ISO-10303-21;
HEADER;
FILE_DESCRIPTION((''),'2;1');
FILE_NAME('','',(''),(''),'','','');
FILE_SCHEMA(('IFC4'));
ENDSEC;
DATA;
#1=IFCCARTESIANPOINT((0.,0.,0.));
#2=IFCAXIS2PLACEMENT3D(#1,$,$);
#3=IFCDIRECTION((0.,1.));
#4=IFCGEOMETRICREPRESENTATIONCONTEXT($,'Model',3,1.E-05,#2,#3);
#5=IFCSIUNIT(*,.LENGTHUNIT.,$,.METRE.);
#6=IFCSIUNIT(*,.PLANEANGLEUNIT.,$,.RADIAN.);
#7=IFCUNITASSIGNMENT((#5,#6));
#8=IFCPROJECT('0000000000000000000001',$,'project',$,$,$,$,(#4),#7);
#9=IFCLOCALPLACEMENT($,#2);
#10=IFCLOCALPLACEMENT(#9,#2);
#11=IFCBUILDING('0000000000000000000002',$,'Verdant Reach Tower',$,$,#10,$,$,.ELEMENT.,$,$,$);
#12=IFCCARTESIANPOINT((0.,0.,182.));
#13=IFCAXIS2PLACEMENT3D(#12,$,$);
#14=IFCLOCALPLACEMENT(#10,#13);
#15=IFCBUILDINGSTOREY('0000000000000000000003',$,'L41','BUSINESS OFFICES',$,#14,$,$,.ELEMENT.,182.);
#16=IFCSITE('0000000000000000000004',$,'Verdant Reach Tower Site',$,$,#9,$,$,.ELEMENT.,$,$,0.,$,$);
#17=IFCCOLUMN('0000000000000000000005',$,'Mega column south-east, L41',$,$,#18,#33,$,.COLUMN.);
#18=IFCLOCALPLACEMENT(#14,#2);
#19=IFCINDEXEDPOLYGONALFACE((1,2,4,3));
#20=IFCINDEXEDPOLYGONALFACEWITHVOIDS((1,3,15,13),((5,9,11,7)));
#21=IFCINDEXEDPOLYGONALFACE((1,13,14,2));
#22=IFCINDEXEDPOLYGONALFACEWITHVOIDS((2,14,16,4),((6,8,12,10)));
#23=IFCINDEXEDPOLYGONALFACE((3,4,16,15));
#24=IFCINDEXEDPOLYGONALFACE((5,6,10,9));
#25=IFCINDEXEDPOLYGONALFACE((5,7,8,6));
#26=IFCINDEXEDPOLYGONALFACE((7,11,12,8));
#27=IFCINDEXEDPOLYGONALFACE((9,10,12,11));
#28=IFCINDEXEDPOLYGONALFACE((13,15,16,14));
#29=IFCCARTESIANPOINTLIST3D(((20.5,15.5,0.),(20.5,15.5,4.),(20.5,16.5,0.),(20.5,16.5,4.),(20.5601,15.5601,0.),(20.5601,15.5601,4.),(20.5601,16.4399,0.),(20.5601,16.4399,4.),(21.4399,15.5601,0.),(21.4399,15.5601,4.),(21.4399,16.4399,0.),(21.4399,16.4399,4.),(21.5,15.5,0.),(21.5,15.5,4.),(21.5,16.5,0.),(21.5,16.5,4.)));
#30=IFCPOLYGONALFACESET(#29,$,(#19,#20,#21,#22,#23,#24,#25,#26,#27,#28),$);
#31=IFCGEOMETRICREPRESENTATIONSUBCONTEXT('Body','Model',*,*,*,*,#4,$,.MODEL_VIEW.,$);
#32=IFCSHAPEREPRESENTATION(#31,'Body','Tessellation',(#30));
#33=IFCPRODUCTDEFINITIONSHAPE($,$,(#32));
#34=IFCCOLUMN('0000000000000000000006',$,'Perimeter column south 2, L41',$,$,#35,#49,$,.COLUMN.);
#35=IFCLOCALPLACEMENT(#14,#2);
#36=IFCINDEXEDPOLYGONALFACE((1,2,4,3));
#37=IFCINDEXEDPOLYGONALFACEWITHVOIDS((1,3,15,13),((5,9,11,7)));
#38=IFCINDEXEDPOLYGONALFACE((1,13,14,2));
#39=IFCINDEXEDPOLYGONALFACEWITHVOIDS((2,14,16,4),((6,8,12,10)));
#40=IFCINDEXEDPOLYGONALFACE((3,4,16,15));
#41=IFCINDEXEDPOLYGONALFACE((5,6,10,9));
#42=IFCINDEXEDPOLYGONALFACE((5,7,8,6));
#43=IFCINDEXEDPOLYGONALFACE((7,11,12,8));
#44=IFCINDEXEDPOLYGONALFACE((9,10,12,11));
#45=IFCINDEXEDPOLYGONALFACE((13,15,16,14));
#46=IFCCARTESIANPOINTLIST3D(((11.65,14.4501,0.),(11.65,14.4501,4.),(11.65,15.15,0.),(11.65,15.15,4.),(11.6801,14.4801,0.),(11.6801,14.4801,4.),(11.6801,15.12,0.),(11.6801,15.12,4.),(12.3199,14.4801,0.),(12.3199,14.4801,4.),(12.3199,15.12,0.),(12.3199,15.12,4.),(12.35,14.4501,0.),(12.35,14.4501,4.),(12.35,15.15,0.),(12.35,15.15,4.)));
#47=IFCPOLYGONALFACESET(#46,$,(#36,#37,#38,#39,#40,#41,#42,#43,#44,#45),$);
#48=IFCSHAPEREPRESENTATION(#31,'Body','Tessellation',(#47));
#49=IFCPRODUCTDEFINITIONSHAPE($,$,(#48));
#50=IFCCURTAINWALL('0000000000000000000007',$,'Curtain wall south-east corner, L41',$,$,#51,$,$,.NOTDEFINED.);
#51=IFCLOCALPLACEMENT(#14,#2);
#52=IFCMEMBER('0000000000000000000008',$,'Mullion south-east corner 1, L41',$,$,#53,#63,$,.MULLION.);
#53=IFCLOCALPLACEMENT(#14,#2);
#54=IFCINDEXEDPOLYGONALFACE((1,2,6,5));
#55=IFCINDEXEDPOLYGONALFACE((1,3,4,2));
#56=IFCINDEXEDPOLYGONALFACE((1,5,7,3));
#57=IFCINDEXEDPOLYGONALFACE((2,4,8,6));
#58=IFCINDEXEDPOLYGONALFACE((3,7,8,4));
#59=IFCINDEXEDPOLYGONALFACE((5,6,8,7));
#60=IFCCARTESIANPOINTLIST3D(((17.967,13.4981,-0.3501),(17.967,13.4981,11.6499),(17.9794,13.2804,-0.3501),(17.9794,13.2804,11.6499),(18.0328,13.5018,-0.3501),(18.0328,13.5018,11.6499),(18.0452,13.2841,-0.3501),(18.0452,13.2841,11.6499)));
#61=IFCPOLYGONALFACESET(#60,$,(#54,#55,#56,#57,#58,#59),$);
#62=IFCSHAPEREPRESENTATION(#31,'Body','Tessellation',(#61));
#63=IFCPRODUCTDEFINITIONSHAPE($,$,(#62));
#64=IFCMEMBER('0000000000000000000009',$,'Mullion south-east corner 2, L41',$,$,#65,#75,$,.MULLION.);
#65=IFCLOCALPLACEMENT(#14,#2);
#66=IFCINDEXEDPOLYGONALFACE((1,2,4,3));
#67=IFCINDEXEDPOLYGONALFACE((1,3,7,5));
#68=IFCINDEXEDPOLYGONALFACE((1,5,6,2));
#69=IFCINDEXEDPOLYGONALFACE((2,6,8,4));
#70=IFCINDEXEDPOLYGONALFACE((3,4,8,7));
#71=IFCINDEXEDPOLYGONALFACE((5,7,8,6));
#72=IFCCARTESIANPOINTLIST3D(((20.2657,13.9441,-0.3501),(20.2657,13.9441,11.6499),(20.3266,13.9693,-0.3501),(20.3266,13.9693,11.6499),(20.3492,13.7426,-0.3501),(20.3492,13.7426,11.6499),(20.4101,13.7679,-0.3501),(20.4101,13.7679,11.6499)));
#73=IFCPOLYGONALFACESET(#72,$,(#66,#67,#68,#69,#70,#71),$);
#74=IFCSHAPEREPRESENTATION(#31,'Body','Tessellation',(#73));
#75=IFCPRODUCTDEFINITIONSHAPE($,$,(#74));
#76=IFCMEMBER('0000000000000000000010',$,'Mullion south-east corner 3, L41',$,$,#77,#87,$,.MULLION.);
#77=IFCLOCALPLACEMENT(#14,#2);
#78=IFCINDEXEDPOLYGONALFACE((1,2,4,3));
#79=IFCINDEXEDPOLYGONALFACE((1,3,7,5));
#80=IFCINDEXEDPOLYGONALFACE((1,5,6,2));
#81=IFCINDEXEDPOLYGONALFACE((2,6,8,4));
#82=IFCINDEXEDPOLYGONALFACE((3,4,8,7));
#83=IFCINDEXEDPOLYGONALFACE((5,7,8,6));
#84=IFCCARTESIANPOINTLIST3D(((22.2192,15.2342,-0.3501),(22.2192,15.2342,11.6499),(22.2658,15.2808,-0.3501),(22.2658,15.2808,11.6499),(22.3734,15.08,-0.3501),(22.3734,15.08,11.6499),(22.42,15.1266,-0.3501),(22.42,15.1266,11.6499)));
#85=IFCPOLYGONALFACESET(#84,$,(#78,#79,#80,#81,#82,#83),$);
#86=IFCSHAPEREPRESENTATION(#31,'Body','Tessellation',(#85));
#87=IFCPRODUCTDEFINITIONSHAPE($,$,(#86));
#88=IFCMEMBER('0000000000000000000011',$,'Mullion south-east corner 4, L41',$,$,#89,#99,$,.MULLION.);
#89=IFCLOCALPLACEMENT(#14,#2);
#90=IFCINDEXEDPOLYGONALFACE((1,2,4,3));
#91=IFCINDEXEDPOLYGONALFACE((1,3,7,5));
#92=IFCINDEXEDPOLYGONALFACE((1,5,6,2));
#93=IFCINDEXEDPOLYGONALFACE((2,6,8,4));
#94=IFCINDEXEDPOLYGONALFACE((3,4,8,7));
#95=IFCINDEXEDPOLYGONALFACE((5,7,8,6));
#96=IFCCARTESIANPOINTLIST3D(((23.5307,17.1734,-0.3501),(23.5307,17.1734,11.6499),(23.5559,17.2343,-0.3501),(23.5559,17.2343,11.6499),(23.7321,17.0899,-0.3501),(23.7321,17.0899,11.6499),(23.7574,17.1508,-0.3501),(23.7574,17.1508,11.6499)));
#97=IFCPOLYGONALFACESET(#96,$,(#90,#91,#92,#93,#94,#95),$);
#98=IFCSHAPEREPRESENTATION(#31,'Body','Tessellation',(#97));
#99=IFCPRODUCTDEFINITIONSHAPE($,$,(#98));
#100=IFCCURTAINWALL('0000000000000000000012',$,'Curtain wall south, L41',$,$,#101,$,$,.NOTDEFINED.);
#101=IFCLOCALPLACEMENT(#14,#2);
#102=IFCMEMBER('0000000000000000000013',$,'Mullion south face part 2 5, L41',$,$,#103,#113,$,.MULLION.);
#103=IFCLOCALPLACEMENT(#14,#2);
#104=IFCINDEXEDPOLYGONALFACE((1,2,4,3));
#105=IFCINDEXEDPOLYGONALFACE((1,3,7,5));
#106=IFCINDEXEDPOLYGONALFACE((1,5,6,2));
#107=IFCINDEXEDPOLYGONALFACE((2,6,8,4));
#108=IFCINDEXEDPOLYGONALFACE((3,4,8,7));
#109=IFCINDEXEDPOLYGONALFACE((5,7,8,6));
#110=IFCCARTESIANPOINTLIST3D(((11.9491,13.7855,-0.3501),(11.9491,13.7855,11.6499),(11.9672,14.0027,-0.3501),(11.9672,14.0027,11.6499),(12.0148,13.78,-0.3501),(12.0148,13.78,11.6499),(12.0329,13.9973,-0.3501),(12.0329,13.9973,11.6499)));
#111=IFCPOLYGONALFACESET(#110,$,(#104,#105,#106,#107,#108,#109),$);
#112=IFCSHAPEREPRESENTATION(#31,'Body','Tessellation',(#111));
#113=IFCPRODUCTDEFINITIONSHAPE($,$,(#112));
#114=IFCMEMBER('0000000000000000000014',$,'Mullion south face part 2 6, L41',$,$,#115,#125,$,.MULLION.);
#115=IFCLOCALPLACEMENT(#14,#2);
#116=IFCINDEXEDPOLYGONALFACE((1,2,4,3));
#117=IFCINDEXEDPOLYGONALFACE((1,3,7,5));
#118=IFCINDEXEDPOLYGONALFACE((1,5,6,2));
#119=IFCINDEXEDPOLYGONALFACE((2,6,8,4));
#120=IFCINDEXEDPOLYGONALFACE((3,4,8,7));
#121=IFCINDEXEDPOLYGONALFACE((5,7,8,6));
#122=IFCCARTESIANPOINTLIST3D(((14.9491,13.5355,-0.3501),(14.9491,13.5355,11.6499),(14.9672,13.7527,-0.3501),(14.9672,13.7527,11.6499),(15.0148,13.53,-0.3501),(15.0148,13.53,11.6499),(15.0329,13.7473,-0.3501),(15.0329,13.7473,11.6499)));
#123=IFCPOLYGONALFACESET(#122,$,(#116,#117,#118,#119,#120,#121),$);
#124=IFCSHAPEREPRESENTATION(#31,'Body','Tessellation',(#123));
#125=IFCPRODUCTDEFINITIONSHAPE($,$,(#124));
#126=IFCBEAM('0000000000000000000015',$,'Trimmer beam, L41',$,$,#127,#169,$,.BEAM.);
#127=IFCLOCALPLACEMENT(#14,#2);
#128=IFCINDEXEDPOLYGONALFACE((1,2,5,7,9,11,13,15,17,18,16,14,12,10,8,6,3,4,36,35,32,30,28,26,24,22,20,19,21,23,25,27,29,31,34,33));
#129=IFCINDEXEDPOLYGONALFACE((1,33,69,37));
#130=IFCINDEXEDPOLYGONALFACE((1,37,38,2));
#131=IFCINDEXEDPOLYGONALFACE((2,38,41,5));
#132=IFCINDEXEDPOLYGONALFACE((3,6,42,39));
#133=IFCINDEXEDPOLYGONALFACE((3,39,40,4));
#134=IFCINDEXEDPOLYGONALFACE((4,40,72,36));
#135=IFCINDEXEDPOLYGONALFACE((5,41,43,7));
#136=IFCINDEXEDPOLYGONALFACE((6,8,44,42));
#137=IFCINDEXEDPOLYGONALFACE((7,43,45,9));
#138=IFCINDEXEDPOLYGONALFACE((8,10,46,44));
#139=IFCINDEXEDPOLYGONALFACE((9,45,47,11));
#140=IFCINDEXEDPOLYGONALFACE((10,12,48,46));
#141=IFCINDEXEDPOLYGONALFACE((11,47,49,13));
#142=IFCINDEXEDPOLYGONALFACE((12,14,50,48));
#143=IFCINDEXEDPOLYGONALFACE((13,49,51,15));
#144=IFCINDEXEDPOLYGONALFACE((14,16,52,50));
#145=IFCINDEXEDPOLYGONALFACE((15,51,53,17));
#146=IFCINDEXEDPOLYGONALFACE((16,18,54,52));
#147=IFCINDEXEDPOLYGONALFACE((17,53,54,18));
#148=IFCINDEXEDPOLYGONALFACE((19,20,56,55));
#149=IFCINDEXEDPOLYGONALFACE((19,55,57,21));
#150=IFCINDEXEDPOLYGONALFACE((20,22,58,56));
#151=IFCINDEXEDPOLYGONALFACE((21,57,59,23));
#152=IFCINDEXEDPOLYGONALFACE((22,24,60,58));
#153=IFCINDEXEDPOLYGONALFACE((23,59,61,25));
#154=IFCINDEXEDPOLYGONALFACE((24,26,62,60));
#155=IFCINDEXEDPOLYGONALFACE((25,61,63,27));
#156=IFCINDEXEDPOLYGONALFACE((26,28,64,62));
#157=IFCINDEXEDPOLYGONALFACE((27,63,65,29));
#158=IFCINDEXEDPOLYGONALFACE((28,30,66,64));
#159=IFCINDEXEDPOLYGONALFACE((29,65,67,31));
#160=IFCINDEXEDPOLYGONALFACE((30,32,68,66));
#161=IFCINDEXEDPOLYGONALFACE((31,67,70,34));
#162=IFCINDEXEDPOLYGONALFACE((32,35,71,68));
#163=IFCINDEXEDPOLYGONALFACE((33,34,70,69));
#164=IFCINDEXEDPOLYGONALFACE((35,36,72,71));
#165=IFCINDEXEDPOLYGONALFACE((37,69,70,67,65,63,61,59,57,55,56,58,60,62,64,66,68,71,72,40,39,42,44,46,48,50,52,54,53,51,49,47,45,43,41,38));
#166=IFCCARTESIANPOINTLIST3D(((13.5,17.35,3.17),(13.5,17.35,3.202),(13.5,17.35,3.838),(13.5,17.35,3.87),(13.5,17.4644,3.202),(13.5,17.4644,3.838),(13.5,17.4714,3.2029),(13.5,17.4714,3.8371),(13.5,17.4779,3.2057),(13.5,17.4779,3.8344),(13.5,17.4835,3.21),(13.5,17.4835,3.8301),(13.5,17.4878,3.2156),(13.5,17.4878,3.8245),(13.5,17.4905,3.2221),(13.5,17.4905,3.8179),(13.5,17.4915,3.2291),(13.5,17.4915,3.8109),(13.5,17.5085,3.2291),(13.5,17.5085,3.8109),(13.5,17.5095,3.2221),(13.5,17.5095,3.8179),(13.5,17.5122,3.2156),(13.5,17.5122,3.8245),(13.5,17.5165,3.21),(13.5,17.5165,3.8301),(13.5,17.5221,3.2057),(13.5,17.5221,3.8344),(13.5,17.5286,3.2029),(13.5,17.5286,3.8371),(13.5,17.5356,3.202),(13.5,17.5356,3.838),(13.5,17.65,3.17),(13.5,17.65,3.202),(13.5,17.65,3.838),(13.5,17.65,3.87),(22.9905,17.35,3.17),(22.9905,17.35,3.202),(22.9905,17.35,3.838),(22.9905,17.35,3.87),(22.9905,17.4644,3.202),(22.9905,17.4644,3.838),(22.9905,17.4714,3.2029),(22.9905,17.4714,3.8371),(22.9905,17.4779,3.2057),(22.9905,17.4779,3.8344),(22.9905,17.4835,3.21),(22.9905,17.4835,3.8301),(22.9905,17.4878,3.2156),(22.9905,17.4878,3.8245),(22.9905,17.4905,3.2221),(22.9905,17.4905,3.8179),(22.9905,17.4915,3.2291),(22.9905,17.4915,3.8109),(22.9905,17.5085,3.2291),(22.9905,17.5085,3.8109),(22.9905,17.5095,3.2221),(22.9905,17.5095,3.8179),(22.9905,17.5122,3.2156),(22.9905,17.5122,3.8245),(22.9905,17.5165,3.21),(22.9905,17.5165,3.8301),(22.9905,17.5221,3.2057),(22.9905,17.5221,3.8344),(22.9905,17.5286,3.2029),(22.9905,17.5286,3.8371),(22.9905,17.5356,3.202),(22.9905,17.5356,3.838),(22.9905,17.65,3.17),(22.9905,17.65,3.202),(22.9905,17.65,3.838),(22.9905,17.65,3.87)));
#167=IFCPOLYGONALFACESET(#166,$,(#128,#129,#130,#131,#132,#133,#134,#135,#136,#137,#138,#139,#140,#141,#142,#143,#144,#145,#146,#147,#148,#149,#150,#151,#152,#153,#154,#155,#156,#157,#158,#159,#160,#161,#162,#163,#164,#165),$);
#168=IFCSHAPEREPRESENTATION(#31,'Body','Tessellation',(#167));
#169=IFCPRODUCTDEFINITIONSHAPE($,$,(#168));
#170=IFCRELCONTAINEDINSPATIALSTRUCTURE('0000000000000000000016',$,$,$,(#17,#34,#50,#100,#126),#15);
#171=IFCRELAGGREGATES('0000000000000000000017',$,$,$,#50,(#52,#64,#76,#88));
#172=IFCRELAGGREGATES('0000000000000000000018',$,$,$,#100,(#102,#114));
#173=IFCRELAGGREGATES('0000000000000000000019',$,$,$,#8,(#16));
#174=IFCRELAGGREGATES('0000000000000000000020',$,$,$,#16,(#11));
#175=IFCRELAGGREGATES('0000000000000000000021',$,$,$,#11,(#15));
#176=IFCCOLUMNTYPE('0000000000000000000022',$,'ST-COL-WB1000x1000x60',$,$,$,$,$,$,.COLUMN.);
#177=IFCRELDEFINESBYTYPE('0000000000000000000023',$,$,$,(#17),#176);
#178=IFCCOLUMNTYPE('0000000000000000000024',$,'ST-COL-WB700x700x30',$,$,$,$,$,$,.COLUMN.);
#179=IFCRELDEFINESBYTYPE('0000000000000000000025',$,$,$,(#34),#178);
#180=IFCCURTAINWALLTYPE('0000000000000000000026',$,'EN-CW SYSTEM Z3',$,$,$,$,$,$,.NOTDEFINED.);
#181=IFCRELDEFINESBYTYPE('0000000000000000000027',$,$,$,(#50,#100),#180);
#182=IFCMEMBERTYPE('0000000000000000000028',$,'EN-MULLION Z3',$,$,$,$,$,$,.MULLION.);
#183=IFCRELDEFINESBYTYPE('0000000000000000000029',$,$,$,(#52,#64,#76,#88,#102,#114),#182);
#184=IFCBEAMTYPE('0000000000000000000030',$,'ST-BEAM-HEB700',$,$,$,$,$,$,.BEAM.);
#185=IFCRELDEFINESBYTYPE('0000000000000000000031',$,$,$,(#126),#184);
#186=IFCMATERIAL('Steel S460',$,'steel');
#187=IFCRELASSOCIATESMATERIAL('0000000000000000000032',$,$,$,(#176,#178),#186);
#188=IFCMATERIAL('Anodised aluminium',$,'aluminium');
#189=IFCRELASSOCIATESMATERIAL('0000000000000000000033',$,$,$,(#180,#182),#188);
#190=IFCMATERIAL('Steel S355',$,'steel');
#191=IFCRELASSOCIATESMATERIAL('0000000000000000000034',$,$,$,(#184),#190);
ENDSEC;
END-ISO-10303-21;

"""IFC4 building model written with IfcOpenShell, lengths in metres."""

from ifc_helpers import new_model, si_unit, direction, frame, origin, origin_2d, place, context, subcontext, project, spatial, rectangle, hollow_rectangle, i_section, extrude, material, material_profile, profile_set, type_object, element, aggregate, save


model = new_model("IFC4")

# Units and contexts
model_context = context("Model", 3, precision=1e-05, world=origin(), true_north=direction((0.0, 1.0)))
body_context = subcontext(model_context, "Body", "Model", "MODEL_VIEW")
ifc_project = project(units=[si_unit("LENGTHUNIT", "METRE"), si_unit("PLANEANGLEUNIT", "RADIAN")], contexts=[model_context])

# Site, building, storey
site_placement = place(None, origin())
site = spatial("IfcSite", under=ifc_project, at=site_placement, Name="Verdant Reach Tower Site", CompositionType="ELEMENT", RefElevation=0.0)
building_placement = place(site_placement, origin())
building = spatial("IfcBuilding", under=site, at=building_placement, Name="Verdant Reach Tower", CompositionType="ELEMENT")
storey_placement = place(building_placement, frame((0.0, 0.0, 182.0)))
storey = spatial("IfcBuildingStorey", under=building, at=storey_placement, Name="L41", Description="BUSINESS OFFICES", CompositionType="ELEMENT", Elevation=182.0)

# Columns
ifc_material_1 = material(Name="Steel S460", Category="steel")
ifc_material_profile_1 = material_profile(ifc_material_1, hollow_rectangle(XDim=1.0, YDim=1.0, WallThickness=0.0601, at=origin_2d()), Name="WB 1000x1000x60")
ifc_profile_set_1 = profile_set([ifc_material_profile_1], Name="Steel S460")
column_type_1 = type_object("IfcColumnType", Name="ST-COL-WB1000x1000x60", PredefinedType="COLUMN", material=ifc_profile_set_1)
column_1_placement = place(storey_placement, frame((21.0, 16.0, 0.0), z_axis=(0.0, 0.0, 1.0), x_axis=(1.0, 0.0, 0.0)))
element("IfcColumn", 1, at=column_1_placement, inside=storey, type_object=column_type_1, Name="Mega column south-east, L41", PredefinedType="COLUMN", context=body_context, shape_type="SweptSolid", body=[
    extrude(hollow_rectangle(XDim=1.0, YDim=1.0, WallThickness=0.0601, at=origin_2d()), origin(), (0.0, 0.0, 1.0), 4.0),
])
ifc_material_profile_2 = material_profile(ifc_material_1, hollow_rectangle(XDim=0.7, YDim=0.7, WallThickness=0.03, at=origin_2d()), Name="WB 700x700x30")
ifc_profile_set_2 = profile_set([ifc_material_profile_2], Name="Steel S460")
column_type_2 = type_object("IfcColumnType", Name="ST-COL-WB700x700x30", PredefinedType="COLUMN", material=ifc_profile_set_2)
column_2_placement = place(storey_placement, frame((12.0, 14.8, 0.0), z_axis=(0.0, 0.0, 1.0), x_axis=(1.0, 0.0, 0.0)))
element("IfcColumn", 2, at=column_2_placement, inside=storey, type_object=column_type_2, Name="Perimeter column south 2, L41", PredefinedType="COLUMN", context=body_context, shape_type="SweptSolid", body=[
    extrude(hollow_rectangle(XDim=0.7, YDim=0.7, WallThickness=0.03, at=origin_2d()), origin(), (0.0, 0.0, 1.0), 4.0),
])

# Curtain walls, members
ifc_material_2 = material(Name="Anodised aluminium", Category="aluminium")
curtain_wall_type = type_object("IfcCurtainWallType", Name="EN-CW SYSTEM Z3", PredefinedType="NOTDEFINED", material=ifc_material_2)
curtain_wall_1_placement = place(storey_placement, origin())
curtain_wall_1 = element("IfcCurtainWall", 3, at=curtain_wall_1_placement, inside=storey, type_object=curtain_wall_type, Name="Curtain wall south-east corner, L41", PredefinedType="NOTDEFINED")
ifc_material_profile_3 = material_profile(ifc_material_2, rectangle(XDim=0.218, YDim=0.0659, at=origin_2d()), Name="Mullion 66x218")
ifc_profile_set_3 = profile_set([ifc_material_profile_3], Name="Anodised aluminium")
member_type = type_object("IfcMemberType", Name="EN-MULLION Z3", PredefinedType="MULLION", material=ifc_profile_set_3)
member_1_placement = place(storey_placement, frame((18.0061, 13.3911, -0.3501), z_axis=(0.0, 0.0, 1.0), x_axis=(0.056569, -0.998399, 0.0)))
member_1 = element("IfcMember", 4, at=member_1_placement, type_object=member_type, Name="Mullion south-east corner 1, L41", PredefinedType="MULLION", context=body_context, shape_type="SweptSolid", body=[
    extrude(rectangle(XDim=0.218, YDim=0.0659, at=origin_2d()), origin(), (0.0, 0.0, 1.0), 12.0),
])
member_2_placement = place(storey_placement, frame((20.3379, 13.856, -0.3501), z_axis=(0.0, 0.0, 1.0), x_axis=(0.382694, -0.923875, 0.0)))
member_2 = element("IfcMember", 5, at=member_2_placement, type_object=member_type, Name="Mullion south-east corner 2, L41", PredefinedType="MULLION", context=body_context, shape_type="SweptSolid", body=[
    extrude(rectangle(XDim=0.218, YDim=0.0659, at=origin_2d()), origin(), (0.0, 0.0, 1.0), 12.0),
])
member_3_placement = place(storey_placement, frame((22.3196, 15.1804, -0.3501), z_axis=(0.0, 0.0, 1.0), x_axis=(0.707107, -0.707107, 0.0)))
member_3 = element("IfcMember", 6, at=member_3_placement, type_object=member_type, Name="Mullion south-east corner 3, L41", PredefinedType="MULLION", context=body_context, shape_type="SweptSolid", body=[
    extrude(rectangle(XDim=0.218, YDim=0.0659, at=origin_2d()), origin(), (0.0, 0.0, 1.0), 12.0),
])
member_4_placement = place(storey_placement, frame((23.644, 17.1621, -0.3501), z_axis=(0.0, 0.0, 1.0), x_axis=(0.923875, -0.382694, 0.0)))
member_4 = element("IfcMember", 7, at=member_4_placement, type_object=member_type, Name="Mullion south-east corner 4, L41", PredefinedType="MULLION", context=body_context, shape_type="SweptSolid", body=[
    extrude(rectangle(XDim=0.218, YDim=0.0659, at=origin_2d()), origin(), (0.0, 0.0, 1.0), 12.0),
])
curtain_wall_2_placement = place(storey_placement, origin())
curtain_wall_2 = element("IfcCurtainWall", 8, at=curtain_wall_2_placement, inside=storey, type_object=curtain_wall_type, Name="Curtain wall south, L41", PredefinedType="NOTDEFINED")
member_5_placement = place(storey_placement, frame((11.991, 13.8914, -0.3501), z_axis=(0.0, 0.0, 1.0), x_axis=(-0.083045, -0.996546, 0.0)))
member_5 = element("IfcMember", 9, at=member_5_placement, type_object=member_type, Name="Mullion south face part 2 5, L41", PredefinedType="MULLION", context=body_context, shape_type="SweptSolid", body=[
    extrude(rectangle(XDim=0.218, YDim=0.0659, at=origin_2d()), origin(), (0.0, 0.0, 1.0), 12.0),
])
member_6_placement = place(storey_placement, frame((14.991, 13.6414, -0.3501), z_axis=(0.0, 0.0, 1.0), x_axis=(-0.083045, -0.996546, 0.0)))
member_6 = element("IfcMember", 10, at=member_6_placement, type_object=member_type, Name="Mullion south face part 2 6, L41", PredefinedType="MULLION", context=body_context, shape_type="SweptSolid", body=[
    extrude(rectangle(XDim=0.218, YDim=0.0659, at=origin_2d()), origin(), (0.0, 0.0, 1.0), 12.0),
])

# Beam
ifc_material_3 = material(Name="Steel S355", Category="steel")
ifc_material_profile_4 = material_profile(ifc_material_3, i_section(OverallWidth=0.3, OverallDepth=0.7, WebThickness=0.0171, FlangeThickness=0.032, FilletRadius=0.0271, at=origin_2d()), Name="HEB 700")
ifc_profile_set_4 = profile_set([ifc_material_profile_4], Name="Steel S355")
beam_type_1 = type_object("IfcBeamType", Name="ST-BEAM-HEB700", PredefinedType="BEAM", material=ifc_profile_set_4)
beam_1_placement = place(storey_placement, frame((13.5, 17.5, 3.52), z_axis=(1.0, 0.0, 0.0), x_axis=(0.0, 1.0, 0.0)))
element("IfcBeam", 11, at=beam_1_placement, inside=storey, type_object=beam_type_1, Name="Trimmer beam, L41", PredefinedType="BEAM", context=body_context, shape_type="SweptSolid", body=[
    extrude(i_section(OverallWidth=0.3, OverallDepth=0.7, WebThickness=0.0171, FlangeThickness=0.032, FilletRadius=0.0271, at=origin_2d()), origin(), (0.0, 0.0, 1.0), 9.4905),
])

aggregate(curtain_wall_1, [member_1, member_2, member_3, member_4])
aggregate(curtain_wall_2, [member_5, member_6])

save(model, "model.ifc")
